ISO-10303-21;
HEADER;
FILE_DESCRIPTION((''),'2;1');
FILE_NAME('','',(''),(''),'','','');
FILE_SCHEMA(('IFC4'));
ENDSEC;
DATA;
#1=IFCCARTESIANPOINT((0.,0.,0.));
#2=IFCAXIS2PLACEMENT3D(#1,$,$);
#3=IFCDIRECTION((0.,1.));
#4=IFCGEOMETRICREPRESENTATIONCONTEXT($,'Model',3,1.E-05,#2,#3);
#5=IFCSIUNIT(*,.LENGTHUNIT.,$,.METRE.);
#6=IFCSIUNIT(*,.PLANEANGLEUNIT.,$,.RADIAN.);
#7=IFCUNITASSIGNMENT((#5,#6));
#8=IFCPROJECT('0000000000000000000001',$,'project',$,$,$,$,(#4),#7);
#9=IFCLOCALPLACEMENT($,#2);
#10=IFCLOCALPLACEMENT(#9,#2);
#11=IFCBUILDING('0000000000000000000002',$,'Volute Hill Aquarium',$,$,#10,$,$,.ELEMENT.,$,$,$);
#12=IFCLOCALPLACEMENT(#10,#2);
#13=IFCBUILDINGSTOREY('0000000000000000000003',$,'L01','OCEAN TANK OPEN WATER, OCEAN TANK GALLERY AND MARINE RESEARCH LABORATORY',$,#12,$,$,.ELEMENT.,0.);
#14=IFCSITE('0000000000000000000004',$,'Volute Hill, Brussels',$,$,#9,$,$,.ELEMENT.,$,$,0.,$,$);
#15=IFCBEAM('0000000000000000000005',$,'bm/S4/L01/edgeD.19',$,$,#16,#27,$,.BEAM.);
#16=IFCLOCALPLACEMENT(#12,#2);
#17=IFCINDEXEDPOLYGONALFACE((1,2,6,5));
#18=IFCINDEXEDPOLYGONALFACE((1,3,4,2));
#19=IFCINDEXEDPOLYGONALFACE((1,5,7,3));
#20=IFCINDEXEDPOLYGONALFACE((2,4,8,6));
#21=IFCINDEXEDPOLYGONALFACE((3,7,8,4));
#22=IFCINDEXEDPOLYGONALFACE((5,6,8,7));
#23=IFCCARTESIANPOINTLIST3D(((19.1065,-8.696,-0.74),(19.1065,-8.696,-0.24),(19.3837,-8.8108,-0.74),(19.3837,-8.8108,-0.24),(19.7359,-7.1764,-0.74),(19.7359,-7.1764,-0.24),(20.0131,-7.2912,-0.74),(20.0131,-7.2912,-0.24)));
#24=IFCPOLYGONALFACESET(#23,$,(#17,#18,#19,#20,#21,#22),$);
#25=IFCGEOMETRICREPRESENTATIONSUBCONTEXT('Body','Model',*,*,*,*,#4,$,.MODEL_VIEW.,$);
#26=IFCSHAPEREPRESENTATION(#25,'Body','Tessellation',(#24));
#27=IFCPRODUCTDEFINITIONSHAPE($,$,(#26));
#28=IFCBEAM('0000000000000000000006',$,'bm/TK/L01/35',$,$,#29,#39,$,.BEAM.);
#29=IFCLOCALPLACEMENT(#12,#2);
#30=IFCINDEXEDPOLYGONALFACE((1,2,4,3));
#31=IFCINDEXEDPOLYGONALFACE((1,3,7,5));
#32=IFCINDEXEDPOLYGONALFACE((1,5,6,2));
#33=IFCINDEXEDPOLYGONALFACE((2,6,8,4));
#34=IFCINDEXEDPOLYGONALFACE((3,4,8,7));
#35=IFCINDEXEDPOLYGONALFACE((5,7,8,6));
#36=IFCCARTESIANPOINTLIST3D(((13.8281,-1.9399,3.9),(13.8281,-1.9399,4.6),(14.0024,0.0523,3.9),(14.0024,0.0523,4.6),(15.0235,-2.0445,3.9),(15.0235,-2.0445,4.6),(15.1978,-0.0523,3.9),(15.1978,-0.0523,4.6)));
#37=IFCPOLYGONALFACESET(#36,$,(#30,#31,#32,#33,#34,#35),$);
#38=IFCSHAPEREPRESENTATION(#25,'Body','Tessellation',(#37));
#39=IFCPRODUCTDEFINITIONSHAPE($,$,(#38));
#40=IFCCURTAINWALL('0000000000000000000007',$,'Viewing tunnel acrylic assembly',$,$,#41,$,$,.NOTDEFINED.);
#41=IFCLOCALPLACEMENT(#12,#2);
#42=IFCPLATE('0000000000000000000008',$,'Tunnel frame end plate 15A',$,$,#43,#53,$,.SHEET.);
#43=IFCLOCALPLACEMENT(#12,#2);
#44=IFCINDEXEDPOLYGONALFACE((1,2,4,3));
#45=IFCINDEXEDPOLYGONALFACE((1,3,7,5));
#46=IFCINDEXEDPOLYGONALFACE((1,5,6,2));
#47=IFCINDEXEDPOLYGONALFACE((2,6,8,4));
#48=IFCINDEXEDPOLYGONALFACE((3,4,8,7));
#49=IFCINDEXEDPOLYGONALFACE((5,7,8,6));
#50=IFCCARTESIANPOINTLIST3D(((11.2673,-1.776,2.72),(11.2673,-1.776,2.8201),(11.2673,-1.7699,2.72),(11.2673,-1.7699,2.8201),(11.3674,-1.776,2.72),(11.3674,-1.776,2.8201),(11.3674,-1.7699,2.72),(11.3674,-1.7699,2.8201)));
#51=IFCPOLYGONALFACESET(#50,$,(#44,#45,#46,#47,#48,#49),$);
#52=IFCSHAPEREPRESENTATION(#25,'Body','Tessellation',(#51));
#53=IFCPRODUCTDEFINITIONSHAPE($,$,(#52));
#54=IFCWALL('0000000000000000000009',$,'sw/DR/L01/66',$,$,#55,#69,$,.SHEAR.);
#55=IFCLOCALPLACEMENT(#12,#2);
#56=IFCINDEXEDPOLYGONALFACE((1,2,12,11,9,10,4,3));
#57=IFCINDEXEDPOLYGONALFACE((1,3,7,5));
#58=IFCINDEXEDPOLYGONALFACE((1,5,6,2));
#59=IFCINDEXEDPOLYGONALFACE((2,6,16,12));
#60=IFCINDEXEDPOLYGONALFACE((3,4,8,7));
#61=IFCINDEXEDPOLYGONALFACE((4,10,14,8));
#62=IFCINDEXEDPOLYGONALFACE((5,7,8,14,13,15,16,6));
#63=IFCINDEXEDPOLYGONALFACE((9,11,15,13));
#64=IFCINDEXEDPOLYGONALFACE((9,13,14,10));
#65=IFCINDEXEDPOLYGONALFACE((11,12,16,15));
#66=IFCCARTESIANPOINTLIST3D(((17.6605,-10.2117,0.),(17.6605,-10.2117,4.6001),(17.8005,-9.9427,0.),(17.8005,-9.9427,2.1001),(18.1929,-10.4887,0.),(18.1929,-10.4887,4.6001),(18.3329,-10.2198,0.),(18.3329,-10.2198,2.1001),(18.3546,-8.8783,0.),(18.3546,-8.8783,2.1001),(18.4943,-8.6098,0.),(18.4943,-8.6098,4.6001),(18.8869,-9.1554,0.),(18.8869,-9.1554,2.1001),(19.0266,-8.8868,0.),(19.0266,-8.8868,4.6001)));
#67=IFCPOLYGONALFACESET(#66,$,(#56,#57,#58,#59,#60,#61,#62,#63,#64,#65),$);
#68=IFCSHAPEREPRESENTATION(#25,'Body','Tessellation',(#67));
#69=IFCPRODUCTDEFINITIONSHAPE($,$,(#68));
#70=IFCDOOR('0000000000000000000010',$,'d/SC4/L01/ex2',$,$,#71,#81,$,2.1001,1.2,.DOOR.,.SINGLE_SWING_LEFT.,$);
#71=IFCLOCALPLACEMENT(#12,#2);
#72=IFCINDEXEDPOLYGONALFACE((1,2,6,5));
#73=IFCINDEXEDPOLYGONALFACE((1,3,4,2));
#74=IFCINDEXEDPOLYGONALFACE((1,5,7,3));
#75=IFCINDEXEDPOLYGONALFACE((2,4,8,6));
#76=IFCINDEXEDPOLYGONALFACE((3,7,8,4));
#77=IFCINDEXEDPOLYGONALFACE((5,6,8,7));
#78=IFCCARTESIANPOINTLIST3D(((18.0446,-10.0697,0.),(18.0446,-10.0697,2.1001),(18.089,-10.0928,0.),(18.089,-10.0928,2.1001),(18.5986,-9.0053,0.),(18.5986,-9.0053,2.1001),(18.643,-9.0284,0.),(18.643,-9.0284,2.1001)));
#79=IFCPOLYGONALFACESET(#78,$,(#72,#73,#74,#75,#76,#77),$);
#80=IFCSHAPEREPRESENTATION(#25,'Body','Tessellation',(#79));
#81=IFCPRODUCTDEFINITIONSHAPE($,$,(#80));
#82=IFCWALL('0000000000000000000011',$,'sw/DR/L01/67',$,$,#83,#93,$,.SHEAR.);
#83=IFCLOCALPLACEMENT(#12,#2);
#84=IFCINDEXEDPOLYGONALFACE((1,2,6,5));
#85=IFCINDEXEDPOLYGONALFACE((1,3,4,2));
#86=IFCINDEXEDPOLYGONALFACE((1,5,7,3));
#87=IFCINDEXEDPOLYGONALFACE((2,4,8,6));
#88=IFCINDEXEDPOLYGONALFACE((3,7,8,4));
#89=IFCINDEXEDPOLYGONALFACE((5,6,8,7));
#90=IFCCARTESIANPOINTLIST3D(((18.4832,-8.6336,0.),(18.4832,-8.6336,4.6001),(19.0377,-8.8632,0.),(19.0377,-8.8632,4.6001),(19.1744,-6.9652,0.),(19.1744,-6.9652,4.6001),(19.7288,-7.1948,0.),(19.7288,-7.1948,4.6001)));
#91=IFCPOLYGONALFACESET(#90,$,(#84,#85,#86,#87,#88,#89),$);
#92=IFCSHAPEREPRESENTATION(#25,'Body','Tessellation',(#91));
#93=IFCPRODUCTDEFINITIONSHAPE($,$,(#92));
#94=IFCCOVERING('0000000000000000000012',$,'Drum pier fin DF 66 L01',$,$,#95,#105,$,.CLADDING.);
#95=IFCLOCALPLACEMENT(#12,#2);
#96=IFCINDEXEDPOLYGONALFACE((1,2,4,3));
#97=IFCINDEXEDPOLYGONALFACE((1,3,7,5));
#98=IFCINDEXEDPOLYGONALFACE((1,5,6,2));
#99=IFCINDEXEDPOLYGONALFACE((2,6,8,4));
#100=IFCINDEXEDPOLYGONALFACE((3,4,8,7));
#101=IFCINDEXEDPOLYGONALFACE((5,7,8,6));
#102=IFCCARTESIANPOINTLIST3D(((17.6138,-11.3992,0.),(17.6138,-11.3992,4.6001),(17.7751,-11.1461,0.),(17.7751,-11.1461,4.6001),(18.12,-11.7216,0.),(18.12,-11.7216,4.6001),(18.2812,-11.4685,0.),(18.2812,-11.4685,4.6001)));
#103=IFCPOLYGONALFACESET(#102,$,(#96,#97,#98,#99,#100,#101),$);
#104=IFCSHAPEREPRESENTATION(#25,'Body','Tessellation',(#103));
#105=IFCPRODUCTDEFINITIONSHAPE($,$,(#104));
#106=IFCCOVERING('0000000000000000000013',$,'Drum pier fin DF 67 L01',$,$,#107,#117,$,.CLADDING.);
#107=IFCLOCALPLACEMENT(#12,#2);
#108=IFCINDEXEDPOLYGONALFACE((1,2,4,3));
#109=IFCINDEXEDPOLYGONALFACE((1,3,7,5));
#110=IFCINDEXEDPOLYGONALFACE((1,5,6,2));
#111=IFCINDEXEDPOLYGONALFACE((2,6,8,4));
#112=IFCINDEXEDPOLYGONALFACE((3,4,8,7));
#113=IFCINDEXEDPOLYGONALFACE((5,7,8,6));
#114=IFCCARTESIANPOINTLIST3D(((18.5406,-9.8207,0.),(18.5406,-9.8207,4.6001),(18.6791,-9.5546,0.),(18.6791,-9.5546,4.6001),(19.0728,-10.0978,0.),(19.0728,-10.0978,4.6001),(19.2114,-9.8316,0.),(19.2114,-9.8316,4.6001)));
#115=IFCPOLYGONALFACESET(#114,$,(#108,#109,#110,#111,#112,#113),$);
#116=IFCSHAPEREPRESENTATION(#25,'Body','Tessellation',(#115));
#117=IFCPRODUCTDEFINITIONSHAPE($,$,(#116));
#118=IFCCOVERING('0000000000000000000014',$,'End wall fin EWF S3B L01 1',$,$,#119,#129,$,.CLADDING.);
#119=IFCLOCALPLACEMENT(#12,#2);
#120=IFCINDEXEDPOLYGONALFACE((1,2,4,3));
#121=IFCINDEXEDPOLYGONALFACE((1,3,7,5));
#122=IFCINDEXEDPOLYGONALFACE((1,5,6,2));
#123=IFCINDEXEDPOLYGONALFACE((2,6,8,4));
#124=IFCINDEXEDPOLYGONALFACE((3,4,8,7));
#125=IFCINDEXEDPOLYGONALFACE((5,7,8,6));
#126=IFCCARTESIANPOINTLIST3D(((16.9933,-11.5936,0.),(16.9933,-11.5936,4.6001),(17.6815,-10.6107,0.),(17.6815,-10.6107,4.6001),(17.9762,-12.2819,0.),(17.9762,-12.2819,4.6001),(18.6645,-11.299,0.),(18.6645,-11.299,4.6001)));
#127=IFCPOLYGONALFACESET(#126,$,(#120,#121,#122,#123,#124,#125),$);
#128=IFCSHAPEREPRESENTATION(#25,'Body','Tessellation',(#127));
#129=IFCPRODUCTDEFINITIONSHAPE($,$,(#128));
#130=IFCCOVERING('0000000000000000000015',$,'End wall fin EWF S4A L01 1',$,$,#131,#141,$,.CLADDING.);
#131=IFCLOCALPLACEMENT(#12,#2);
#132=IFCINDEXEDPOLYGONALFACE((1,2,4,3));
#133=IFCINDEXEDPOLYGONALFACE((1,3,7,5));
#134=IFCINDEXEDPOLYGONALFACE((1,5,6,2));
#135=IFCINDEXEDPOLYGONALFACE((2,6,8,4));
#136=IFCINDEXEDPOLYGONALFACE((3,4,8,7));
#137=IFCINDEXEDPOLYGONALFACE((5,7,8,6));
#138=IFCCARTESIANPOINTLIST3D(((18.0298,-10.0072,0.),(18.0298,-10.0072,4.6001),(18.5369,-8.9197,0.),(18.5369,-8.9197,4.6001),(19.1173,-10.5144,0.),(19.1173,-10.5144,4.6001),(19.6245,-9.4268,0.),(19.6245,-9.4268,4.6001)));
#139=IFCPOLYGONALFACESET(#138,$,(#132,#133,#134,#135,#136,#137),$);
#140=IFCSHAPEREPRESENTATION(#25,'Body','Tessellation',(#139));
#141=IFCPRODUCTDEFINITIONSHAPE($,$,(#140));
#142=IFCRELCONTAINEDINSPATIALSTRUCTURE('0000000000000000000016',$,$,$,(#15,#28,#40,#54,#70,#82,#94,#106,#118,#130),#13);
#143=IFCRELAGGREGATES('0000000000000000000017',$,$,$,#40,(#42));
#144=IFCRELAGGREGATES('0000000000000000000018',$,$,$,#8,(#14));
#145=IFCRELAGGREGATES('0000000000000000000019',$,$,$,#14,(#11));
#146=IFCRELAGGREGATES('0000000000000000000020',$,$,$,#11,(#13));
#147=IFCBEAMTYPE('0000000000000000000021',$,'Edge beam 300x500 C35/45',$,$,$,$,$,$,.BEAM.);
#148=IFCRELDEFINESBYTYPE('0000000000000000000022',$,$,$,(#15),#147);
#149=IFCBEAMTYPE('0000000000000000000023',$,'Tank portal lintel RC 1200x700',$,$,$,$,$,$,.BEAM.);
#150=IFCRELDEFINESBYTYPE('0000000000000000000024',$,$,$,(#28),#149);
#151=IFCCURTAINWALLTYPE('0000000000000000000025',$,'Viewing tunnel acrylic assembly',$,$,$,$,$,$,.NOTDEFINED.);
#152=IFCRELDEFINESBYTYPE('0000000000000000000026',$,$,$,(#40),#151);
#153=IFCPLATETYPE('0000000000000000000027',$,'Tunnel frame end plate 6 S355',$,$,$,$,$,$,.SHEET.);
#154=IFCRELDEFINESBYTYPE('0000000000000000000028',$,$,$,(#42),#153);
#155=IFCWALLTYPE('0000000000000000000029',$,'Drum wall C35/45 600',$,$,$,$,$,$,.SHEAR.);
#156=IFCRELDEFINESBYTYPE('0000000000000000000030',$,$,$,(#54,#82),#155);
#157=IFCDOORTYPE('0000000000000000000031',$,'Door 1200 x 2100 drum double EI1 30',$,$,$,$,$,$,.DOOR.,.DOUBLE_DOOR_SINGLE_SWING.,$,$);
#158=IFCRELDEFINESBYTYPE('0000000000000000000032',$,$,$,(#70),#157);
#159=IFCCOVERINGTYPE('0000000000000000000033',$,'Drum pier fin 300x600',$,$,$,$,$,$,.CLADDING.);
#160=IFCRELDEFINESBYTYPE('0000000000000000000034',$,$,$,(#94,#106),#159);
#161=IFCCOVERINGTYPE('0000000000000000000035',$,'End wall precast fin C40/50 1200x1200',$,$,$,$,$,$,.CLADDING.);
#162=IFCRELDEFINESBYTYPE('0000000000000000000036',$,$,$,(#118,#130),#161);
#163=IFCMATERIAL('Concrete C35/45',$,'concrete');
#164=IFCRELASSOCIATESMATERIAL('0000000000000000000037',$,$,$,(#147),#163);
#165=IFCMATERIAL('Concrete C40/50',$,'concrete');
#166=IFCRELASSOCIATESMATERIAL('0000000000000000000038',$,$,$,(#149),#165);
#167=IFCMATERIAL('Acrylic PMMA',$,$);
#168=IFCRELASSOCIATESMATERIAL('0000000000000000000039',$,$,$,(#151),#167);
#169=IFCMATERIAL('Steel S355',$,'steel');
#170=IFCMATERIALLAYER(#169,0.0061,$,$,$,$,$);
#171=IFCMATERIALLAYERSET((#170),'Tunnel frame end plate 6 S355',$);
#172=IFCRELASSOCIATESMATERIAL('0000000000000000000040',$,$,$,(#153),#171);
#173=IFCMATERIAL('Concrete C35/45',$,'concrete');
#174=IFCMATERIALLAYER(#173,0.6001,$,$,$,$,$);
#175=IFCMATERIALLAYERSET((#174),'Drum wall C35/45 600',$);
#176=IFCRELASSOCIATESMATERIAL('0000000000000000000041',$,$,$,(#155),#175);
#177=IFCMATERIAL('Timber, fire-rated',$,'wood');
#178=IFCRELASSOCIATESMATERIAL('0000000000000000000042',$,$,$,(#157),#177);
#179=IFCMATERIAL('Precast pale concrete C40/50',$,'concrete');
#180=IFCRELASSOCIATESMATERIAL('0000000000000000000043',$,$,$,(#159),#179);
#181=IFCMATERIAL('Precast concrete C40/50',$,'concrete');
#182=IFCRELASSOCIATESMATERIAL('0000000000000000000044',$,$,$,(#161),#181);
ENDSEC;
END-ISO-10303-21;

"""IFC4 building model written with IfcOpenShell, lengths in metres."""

from ifc_helpers import new_model, si_unit, direction, frame, frame_2d, origin, origin_2d, place, context, subcontext, project, spatial, rectangle, extrude, material, layer, layer_set, material_profile, profile_set, type_object, element, fill, aggregate, save


model = new_model("IFC4")

# Units and contexts
model_context = context("Model", 3, precision=1e-05, world=origin(), true_north=direction((0.0, 1.0)))
body_context = subcontext(model_context, "Body", "Model", "MODEL_VIEW")
ifc_project = project(units=[si_unit("LENGTHUNIT", "METRE"), si_unit("PLANEANGLEUNIT", "RADIAN")], contexts=[model_context])

# Site, building, storey
site_placement = place(None, origin())
site = spatial("IfcSite", under=ifc_project, at=site_placement, Name="Volute Hill, Brussels", CompositionType="ELEMENT", RefElevation=0.0)
building_placement = place(site_placement, origin())
building = spatial("IfcBuilding", under=site, at=building_placement, Name="Volute Hill Aquarium", CompositionType="ELEMENT")
storey_placement = place(building_placement, origin())
storey = spatial("IfcBuildingStorey", under=building, at=storey_placement, Name="L01", Description="OCEAN TANK OPEN WATER, OCEAN TANK GALLERY AND MARINE RESEARCH LABORATORY", CompositionType="ELEMENT", Elevation=0.0)

# Beams
ifc_material_1 = material(Name="Concrete C35/45", Category="concrete")
ifc_material_profile_1 = material_profile(ifc_material_1, rectangle(XDim=0.3, YDim=0.5, at=origin_2d()), Name="RC edge beam 300x500")
ifc_profile_set_1 = profile_set([ifc_material_profile_1], Name="Concrete C35/45")
beam_type_1 = type_object("IfcBeamType", Name="Edge beam 300x500 C35/45", PredefinedType="BEAM", material=ifc_profile_set_1)
beam_1_placement = place(storey_placement, frame((19.2451, -8.7534, -0.49), z_axis=(0.382675, 0.923883, 0.0), x_axis=(-0.923883, 0.382675, 0.0)))
element("IfcBeam", 1, at=beam_1_placement, inside=storey, type_object=beam_type_1, Name="bm/S4/L01/edgeD.19", PredefinedType="BEAM", context=body_context, shape_type="SweptSolid", body=[
    extrude(rectangle(XDim=0.3, YDim=0.5, at=origin_2d()), origin(), (0.0, 0.0, 1.0), 1.6448),
])
ifc_material_2 = material(Name="Concrete C40/50", Category="concrete")
ifc_material_profile_2 = material_profile(ifc_material_2, rectangle(XDim=1.2, YDim=0.7, at=origin_2d()), Name="RC beam 1200x700")
ifc_profile_set_2 = profile_set([ifc_material_profile_2], Name="Concrete C40/50")
beam_type_2 = type_object("IfcBeamType", Name="Tank portal lintel RC 1200x700", PredefinedType="BEAM", material=ifc_profile_set_2)
beam_2_placement = place(storey_placement, frame((14.4258, -1.9922, 4.25), z_axis=(0.087167, 0.996194, 0.0), x_axis=(-0.996194, 0.087167, 0.0)))
element("IfcBeam", 2, at=beam_2_placement, inside=storey, type_object=beam_type_2, Name="bm/TK/L01/35", PredefinedType="BEAM", context=body_context, shape_type="SweptSolid", body=[
    extrude(rectangle(XDim=1.2, YDim=0.7, at=origin_2d()), origin(), (0.0, 0.0, 1.0), 1.9998),
])

# Curtain wall, plate
ifc_material_3 = material(Name="Acrylic PMMA")
curtain_wall_type = type_object("IfcCurtainWallType", Name="Viewing tunnel acrylic assembly", PredefinedType="NOTDEFINED", material=ifc_material_3)
curtain_wall_placement = place(storey_placement, origin())
curtain_wall = element("IfcCurtainWall", 3, at=curtain_wall_placement, inside=storey, type_object=curtain_wall_type, Name="Viewing tunnel acrylic assembly", PredefinedType="NOTDEFINED")
ifc_material_4 = material(Name="Steel S355", Category="steel")
ifc_layer_1 = layer(ifc_material_4, 0.0061)
ifc_layer_set_1 = layer_set([ifc_layer_1], Name="Tunnel frame end plate 6 S355")
plate_type = type_object("IfcPlateType", Name="Tunnel frame end plate 6 S355", PredefinedType="SHEET", material=ifc_layer_set_1)
plate_placement = place(storey_placement, frame((11.3174, -1.7729, 2.72), z_axis=(0.0, 0.0, 1.0), x_axis=(1.0, 0.0, 0.0)))
plate = element("IfcPlate", 4, at=plate_placement, type_object=plate_type, Name="Tunnel frame end plate 15A", PredefinedType="SHEET", context=body_context, shape_type="SweptSolid", body=[
    extrude(rectangle(XDim=0.1001, YDim=0.0061, at=origin_2d()), origin(), (0.0, 0.0, 1.0), 0.1001),
])
aggregate(curtain_wall, [plate])

# Wall, opening, door
ifc_material_5 = material(Name="Concrete C35/45", Category="concrete")
ifc_layer_2 = layer(ifc_material_5, 0.6001)
ifc_layer_set_2 = layer_set([ifc_layer_2], Name="Drum wall C35/45 600")
wall_type_1 = type_object("IfcWallType", Name="Drum wall C35/45 600", PredefinedType="SHEAR", material=ifc_layer_set_2)
wall_1_placement = place(storey_placement, frame((17.9268, -10.3501, 0.0), z_axis=(0.0, 0.0, 1.0), x_axis=(0.461702, 0.887035, 0.0)))
wall_1 = element("IfcWall", 5, at=wall_1_placement, inside=storey, type_object=wall_type_1, Name="sw/DR/L01/66", PredefinedType="SHEAR", context=body_context, shape_type="SweptSolid", body=[
    extrude(rectangle(XDim=1.8059, YDim=0.6001, at=frame_2d((0.9028, 0.0))), origin(), (0.0, 0.0, 1.0), 4.6001),
])
opening_1_placement = place(wall_1_placement, frame((0.303, 0.0, 0.0)))
opening_1 = element("IfcOpeningElement", 6, at=opening_1_placement, cuts=wall_1, PredefinedType="OPENING", context=body_context, shape_type="SweptSolid", body=[
    extrude(rectangle(XDim=1.2, YDim=2.1001, at=frame_2d((0.6001, 1.05))), frame((0.0, 0.3101, 0.0), z_axis=(0.0, -1.0, 0.0), x_axis=(1.0, 0.0, 0.0)), (0.0, 0.0, 1.0), 0.6201),
])
ifc_material_6 = material(Name="Timber, fire-rated", Category="wood")
door_type_1 = type_object("IfcDoorType", Name="Door 1200 x 2100 drum double EI1 30", OperationType="DOUBLE_DOOR_SINGLE_SWING", PredefinedType="DOOR", material=ifc_material_6)
door_1_placement = place(opening_1_placement, origin())
door_1 = element("IfcDoor", 7, at=door_1_placement, inside=storey, type_object=door_type_1, Name="d/SC4/L01/ex2", OperationType="SINGLE_SWING_LEFT", OverallHeight=2.1001, OverallWidth=1.2, PredefinedType="DOOR", context=body_context, shape_type="SweptSolid", body=[
    extrude(rectangle(XDim=1.2, YDim=2.1001, at=frame_2d((0.6001, 1.05))), frame((0.0, 0.0249, 0.0), z_axis=(0.0, -1.0, 0.0), x_axis=(1.0, 0.0, 0.0)), (0.0, 0.0, 1.0), 0.05),
])
fill(opening_1, door_1)

# Wall
wall_2_placement = place(storey_placement, frame((18.7605, -8.7483, 0.0), z_axis=(0.0, 0.0, 1.0), x_axis=(0.382714, 0.923867, 0.0)))
element("IfcWall", 8, at=wall_2_placement, inside=storey, type_object=wall_type_1, Name="sw/DR/L01/67", PredefinedType="SHEAR", context=body_context, shape_type="SweptSolid", body=[
    extrude(rectangle(XDim=1.8059, YDim=0.6001, at=frame_2d((0.9028, 0.0))), origin(), (0.0, 0.0, 1.0), 4.6001),
])

# Coverings
ifc_material_7 = material(Name="Precast pale concrete C40/50", Category="concrete")
covering_type_1 = type_object("IfcCoveringType", Name="Drum pier fin 300x600", PredefinedType="CLADDING", material=ifc_material_7)
for number, where, z_axis, x_axis, name in (
    (9, (17.9475, -11.4338, 0.0), (0.0, 0.0, 1.0), (0.5373, 0.843391, 0.0), "Drum pier fin DF 66 L01"),
    (10, (18.876, -9.8262, 0.0), (0.0, 0.0, 1.0), (0.461749, 0.887011, 0.0), "Drum pier fin DF 67 L01"),
):
    element("IfcCovering", number, at=place(storey_placement, frame(where, z_axis=z_axis, x_axis=x_axis)), inside=storey, type_object=covering_type_1, Name=name, PredefinedType="CLADDING", context=body_context, shape_type="SweptSolid", body=[
        extrude(rectangle(XDim=0.3, YDim=0.6001, at=origin_2d()), origin(), (0.0, 0.0, 1.0), 4.6001),
    ])
ifc_material_8 = material(Name="Precast concrete C40/50", Category="concrete")
covering_type_2 = type_object("IfcCoveringType", Name="End wall precast fin C40/50 1200x1200", PredefinedType="CLADDING", material=ifc_material_8)
for number, where, z_axis, x_axis, name in (
    (11, (17.8289, -11.4463, 0.0), (0.0, 0.0, 1.0), (0.819151, -0.573578, 0.0), "End wall fin EWF S3B L01 1"),
    (12, (18.8271, -9.717, 0.0), (0.0, 0.0, 1.0), (0.906307, -0.42262, 0.0), "End wall fin EWF S4A L01 1"),
):
    element("IfcCovering", number, at=place(storey_placement, frame(where, z_axis=z_axis, x_axis=x_axis)), inside=storey, type_object=covering_type_2, Name=name, PredefinedType="CLADDING", context=body_context, shape_type="SweptSolid", body=[
        extrude(rectangle(XDim=1.2, YDim=1.2, at=origin_2d()), origin(), (0.0, 0.0, 1.0), 4.6001),
    ])

save(model, "model.ifc")
